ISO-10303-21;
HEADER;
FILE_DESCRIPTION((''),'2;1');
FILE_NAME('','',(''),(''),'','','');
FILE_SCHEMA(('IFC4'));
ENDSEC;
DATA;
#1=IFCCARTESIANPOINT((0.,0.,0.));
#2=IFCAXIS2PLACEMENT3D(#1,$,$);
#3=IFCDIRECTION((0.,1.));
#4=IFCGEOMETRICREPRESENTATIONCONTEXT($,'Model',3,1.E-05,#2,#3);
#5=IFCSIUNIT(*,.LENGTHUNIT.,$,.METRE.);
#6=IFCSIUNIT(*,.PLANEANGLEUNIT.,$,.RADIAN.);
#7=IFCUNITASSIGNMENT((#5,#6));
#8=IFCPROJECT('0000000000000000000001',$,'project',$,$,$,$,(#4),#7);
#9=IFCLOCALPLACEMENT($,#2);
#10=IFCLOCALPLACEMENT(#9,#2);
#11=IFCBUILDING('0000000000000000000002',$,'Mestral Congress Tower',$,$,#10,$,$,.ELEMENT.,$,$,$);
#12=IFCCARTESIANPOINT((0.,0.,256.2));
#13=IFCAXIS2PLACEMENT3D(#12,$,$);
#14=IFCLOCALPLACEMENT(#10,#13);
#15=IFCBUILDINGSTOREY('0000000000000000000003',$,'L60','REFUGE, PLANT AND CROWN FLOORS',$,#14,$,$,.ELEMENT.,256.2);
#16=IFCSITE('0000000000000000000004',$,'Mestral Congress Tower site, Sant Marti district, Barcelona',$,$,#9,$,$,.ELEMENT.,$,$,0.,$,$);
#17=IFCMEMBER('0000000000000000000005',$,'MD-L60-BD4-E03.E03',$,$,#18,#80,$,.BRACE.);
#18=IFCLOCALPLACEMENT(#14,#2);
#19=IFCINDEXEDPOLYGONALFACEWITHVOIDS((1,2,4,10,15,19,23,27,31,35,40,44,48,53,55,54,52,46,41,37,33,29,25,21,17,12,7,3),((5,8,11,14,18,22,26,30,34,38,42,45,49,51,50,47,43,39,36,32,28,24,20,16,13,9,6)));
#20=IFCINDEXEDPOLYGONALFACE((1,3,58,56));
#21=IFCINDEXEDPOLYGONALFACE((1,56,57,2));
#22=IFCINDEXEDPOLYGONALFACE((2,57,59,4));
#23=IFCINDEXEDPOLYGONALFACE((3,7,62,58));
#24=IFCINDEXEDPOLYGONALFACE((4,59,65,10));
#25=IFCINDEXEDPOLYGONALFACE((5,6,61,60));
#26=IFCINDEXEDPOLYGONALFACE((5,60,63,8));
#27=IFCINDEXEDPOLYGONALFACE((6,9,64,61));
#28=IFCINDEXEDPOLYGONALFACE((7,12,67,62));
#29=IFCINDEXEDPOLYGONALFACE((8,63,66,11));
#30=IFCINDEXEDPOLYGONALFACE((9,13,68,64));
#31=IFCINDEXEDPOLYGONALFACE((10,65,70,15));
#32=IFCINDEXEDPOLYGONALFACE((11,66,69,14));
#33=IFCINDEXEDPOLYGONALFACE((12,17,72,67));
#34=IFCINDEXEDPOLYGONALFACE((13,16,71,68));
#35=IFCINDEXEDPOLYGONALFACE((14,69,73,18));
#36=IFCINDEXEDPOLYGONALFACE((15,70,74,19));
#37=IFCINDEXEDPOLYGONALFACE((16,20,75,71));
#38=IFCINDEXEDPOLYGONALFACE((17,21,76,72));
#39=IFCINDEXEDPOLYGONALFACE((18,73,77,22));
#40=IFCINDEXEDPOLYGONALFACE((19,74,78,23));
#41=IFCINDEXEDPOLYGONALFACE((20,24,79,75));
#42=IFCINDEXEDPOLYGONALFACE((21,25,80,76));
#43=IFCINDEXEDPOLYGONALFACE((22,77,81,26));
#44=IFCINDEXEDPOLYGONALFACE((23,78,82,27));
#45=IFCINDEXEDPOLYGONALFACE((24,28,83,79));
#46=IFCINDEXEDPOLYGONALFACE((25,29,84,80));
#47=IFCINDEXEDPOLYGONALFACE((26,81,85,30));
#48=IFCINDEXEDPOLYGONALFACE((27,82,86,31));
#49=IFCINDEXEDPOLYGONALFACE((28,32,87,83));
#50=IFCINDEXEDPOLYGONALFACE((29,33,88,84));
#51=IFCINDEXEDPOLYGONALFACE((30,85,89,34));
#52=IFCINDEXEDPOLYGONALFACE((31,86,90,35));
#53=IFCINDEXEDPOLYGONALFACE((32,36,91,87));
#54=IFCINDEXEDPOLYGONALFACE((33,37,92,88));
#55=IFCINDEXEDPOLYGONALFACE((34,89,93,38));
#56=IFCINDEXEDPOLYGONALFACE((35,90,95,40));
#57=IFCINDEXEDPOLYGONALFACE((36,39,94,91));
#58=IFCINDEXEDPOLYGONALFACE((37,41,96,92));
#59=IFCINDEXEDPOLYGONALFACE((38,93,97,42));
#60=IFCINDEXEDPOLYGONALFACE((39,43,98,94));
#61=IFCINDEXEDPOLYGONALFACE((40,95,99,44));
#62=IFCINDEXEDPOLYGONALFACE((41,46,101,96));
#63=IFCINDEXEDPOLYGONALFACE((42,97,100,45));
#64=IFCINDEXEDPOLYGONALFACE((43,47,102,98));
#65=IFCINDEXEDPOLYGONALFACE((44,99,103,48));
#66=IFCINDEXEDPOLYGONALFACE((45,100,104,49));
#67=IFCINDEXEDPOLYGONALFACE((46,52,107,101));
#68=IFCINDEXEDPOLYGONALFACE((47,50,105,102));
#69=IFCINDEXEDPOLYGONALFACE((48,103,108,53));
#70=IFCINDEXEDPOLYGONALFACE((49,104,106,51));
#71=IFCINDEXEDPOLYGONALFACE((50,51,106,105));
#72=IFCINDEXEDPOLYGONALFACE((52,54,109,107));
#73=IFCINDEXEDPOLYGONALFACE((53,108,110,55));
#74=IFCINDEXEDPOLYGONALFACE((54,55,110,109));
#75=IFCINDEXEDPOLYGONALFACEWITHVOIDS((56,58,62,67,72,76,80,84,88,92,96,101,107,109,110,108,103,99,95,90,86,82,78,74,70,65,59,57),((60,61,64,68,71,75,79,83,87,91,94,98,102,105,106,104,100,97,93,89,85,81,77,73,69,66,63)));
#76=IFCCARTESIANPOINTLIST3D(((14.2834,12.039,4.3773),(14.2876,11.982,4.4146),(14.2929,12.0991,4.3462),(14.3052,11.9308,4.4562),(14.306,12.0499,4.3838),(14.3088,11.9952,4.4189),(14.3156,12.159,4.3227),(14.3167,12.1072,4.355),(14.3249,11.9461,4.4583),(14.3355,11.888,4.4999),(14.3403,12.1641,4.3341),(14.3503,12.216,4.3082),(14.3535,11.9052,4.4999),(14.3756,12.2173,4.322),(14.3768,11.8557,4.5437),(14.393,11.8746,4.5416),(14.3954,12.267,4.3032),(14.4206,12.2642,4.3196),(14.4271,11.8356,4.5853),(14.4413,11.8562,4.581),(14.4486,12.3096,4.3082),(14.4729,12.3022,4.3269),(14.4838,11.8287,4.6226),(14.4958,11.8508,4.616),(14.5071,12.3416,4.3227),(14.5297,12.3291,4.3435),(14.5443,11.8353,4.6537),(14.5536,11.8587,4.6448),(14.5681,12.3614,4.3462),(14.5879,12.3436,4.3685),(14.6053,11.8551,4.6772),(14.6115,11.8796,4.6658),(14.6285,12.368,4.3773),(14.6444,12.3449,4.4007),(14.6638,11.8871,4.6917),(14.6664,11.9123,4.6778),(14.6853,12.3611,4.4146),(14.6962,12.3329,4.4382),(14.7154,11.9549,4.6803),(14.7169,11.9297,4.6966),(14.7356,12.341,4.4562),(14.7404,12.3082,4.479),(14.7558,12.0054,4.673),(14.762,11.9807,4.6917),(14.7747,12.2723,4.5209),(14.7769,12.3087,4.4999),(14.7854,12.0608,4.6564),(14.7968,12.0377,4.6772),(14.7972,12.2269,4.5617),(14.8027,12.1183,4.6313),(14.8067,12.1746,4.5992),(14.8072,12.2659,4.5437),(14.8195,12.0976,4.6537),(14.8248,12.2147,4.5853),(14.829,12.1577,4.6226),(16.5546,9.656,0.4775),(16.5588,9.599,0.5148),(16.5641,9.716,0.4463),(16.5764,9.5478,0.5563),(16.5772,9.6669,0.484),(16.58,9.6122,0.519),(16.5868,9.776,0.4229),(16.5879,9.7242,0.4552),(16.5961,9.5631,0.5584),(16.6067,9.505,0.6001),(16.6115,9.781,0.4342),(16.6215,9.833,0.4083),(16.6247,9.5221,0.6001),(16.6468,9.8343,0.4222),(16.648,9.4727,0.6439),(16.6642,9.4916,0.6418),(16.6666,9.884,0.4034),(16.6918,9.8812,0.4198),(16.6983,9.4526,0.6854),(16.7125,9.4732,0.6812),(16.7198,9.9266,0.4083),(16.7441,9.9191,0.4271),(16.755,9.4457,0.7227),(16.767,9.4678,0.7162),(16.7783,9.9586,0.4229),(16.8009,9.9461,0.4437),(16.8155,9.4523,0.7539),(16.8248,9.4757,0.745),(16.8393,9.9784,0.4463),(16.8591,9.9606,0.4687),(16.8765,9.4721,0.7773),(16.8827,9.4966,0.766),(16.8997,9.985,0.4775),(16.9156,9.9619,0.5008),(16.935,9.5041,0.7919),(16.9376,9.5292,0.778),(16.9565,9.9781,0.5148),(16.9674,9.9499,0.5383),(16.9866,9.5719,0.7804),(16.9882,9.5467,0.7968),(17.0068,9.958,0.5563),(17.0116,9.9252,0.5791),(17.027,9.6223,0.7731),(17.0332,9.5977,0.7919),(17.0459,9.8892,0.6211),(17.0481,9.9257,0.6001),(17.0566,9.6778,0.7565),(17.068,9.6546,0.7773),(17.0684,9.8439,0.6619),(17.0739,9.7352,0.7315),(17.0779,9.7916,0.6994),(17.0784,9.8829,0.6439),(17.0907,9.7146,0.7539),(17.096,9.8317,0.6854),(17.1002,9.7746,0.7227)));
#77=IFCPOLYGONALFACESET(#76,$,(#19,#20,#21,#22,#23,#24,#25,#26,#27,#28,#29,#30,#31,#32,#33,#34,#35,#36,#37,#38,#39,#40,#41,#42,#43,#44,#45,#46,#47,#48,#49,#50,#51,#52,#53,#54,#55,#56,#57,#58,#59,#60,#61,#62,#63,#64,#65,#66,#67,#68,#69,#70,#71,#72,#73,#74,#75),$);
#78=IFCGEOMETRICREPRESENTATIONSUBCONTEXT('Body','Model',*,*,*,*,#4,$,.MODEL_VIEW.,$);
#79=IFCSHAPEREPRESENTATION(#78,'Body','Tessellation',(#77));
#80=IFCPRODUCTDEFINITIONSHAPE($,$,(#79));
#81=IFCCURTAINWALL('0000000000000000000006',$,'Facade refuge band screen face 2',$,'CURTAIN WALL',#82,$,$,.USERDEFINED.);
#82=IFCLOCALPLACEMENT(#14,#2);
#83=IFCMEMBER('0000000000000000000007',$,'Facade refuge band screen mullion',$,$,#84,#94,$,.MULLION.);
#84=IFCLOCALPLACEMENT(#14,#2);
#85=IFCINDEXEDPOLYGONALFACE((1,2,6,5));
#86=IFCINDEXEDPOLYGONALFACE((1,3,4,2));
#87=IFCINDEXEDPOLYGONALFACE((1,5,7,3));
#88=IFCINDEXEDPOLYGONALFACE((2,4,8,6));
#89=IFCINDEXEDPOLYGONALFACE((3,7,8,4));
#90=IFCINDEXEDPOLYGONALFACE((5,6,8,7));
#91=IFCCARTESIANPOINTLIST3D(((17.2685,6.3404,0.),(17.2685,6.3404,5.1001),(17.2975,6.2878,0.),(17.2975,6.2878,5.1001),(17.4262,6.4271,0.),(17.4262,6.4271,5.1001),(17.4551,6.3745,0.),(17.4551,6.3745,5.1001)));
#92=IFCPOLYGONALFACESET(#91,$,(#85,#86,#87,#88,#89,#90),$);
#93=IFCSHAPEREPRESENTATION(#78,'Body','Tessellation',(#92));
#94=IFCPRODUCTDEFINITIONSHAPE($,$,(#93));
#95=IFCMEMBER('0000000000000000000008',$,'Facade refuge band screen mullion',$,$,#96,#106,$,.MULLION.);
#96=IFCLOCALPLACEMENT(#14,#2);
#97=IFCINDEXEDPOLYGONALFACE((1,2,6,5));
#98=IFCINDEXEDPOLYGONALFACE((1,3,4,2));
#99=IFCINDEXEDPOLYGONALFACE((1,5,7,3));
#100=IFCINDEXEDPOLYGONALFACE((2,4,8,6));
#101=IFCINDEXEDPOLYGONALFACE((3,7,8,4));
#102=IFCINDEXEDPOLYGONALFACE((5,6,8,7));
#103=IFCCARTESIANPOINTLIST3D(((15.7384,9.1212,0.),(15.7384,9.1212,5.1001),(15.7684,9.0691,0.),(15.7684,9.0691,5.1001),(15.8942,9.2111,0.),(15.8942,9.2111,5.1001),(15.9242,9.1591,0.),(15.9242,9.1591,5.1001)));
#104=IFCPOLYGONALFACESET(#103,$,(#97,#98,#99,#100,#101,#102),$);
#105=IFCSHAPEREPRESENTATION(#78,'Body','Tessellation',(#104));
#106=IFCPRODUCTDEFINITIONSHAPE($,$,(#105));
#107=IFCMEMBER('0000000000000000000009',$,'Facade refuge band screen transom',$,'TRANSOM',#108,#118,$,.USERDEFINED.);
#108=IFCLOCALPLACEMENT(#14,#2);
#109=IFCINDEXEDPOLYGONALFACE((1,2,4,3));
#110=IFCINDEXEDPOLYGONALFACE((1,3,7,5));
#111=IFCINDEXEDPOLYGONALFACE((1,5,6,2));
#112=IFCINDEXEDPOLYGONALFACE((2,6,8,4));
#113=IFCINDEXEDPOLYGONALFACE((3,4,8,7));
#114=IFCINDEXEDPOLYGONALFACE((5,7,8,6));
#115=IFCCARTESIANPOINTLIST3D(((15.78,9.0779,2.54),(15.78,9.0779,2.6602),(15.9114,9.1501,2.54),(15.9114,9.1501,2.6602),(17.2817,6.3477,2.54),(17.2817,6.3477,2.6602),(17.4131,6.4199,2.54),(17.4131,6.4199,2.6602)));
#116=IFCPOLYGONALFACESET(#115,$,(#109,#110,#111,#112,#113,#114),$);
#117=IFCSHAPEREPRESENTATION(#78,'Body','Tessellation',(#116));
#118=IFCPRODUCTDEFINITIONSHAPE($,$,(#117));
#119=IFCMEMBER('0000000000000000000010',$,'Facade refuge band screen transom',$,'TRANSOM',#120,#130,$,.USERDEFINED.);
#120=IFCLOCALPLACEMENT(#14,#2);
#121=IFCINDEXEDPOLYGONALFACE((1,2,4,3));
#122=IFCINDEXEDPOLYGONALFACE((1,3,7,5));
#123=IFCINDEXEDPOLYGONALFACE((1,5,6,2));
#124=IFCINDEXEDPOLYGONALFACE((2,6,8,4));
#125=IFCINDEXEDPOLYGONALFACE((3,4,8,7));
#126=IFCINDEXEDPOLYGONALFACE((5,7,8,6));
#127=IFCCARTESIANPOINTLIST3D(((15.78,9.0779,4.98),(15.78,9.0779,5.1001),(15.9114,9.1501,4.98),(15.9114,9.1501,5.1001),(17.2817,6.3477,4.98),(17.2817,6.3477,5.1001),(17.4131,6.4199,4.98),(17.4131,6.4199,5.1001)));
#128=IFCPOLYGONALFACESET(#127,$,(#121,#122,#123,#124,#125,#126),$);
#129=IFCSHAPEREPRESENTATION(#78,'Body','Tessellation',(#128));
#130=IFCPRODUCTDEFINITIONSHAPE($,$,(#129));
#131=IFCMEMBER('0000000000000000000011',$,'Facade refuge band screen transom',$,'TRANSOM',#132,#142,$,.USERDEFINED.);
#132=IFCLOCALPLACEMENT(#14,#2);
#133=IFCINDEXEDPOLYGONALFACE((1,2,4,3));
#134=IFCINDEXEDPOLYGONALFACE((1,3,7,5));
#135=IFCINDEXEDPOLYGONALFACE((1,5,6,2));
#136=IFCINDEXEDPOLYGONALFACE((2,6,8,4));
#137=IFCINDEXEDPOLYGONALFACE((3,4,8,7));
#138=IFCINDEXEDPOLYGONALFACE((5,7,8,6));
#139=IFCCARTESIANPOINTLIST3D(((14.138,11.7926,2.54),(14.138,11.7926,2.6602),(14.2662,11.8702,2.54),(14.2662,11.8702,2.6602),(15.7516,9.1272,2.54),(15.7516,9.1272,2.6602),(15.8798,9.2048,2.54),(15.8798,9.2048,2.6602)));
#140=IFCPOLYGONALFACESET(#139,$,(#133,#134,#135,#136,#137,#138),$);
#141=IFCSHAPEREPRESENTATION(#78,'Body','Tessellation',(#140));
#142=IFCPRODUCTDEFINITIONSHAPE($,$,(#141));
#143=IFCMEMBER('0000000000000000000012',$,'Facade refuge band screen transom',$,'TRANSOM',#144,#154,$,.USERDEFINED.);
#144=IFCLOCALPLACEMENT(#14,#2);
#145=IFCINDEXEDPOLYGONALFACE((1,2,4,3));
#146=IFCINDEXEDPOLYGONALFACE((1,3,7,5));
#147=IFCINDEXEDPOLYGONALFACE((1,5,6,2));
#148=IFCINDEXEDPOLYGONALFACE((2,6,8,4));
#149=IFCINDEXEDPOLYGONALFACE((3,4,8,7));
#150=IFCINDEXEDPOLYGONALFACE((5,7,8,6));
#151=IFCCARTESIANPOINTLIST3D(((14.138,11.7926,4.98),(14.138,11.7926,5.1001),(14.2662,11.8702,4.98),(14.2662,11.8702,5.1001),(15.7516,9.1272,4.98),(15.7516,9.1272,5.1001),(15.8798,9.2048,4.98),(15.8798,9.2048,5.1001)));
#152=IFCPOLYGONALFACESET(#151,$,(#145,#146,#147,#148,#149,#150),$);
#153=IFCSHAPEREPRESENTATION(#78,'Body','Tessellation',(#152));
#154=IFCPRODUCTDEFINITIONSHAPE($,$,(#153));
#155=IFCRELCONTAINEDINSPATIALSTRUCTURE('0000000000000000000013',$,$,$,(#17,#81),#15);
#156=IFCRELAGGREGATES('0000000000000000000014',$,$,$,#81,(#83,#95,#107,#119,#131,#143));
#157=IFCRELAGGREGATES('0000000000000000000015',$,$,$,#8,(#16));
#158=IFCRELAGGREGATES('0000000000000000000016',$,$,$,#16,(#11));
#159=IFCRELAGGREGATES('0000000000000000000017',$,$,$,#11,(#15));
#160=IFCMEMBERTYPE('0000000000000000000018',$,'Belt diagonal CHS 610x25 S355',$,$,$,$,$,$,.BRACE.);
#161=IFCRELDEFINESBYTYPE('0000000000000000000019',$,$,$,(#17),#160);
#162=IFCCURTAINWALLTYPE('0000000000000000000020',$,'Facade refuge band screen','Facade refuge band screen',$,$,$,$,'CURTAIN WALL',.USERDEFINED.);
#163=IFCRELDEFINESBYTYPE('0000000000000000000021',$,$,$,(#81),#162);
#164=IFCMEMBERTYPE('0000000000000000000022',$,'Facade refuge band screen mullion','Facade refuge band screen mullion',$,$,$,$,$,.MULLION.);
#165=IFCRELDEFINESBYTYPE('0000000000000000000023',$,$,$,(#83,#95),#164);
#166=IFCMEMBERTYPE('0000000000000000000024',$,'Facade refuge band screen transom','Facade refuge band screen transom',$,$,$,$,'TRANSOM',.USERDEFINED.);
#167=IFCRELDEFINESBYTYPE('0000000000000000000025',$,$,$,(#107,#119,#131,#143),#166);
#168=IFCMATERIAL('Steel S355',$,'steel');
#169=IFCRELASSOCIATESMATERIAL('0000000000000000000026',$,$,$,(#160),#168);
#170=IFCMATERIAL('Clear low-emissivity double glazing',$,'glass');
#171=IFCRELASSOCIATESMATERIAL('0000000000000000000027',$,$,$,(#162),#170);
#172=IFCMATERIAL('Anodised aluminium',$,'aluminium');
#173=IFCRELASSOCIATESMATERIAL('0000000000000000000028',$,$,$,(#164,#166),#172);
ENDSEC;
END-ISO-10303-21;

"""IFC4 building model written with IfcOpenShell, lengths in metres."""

from ifc_helpers import new_model, si_unit, direction, frame, origin, origin_2d, place, context, subcontext, project, spatial, rectangle, hollow_circle, extrude, material, material_profile, profile_set, type_object, element, aggregate, save


model = new_model("IFC4")

# Units and contexts
model_context = context("Model", 3, precision=1e-05, world=origin(), true_north=direction((0.0, 1.0)))
body_context = subcontext(model_context, "Body", "Model", "MODEL_VIEW")
ifc_project = project(units=[si_unit("LENGTHUNIT", "METRE"), si_unit("PLANEANGLEUNIT", "RADIAN")], contexts=[model_context])

# Site, building, storey
site_placement = place(None, origin())
site = spatial("IfcSite", under=ifc_project, at=site_placement, Name="Mestral Congress Tower site, Sant Marti district, Barcelona", CompositionType="ELEMENT", RefElevation=0.0)
building_placement = place(site_placement, origin())
building = spatial("IfcBuilding", under=site, at=building_placement, Name="Mestral Congress Tower", CompositionType="ELEMENT")
storey_placement = place(building_placement, frame((0.0, 0.0, 256.2)))
storey = spatial("IfcBuildingStorey", under=building, at=storey_placement, Name="L60", Description="REFUGE, PLANT AND CROWN FLOORS", CompositionType="ELEMENT", Elevation=256.2)

# Member
ifc_material_1 = material(Name="Steel S355", Category="steel")
ifc_material_profile_1 = material_profile(ifc_material_1, hollow_circle(Radius=0.3049, WallThickness=0.0249, at=origin_2d()), Name="CHS 610x25")
ifc_profile_set_1 = profile_set([ifc_material_profile_1], Name="Steel S355")
member_type_1 = type_object("IfcMemberType", Name="Belt diagonal CHS 610x25 S355", PredefinedType="BRACE", material=ifc_profile_set_1)
member_1_placement = place(storey_placement, frame((16.8274, 9.7153, 0.6001), z_axis=(-0.445027, 0.466936, 0.764147), x_axis=(-0.723886, -0.68992, 0.0)))
element("IfcMember", 1, at=member_1_placement, inside=storey, type_object=member_type_1, Name="MD-L60-BD4-E03.E03", PredefinedType="BRACE", context=body_context, shape_type="SweptSolid", body=[
    extrude(hollow_circle(Radius=0.3049, WallThickness=0.0249, at=origin_2d()), origin(), (0.0, 0.0, 1.0), 5.1035),
])

# Curtain wall, members
ifc_material_2 = material(Name="Clear low-emissivity double glazing", Category="glass")
curtain_wall_type = type_object("IfcCurtainWallType", Name="Facade refuge band screen", Description="Facade refuge band screen", ElementType="CURTAIN WALL", PredefinedType="USERDEFINED", material=ifc_material_2)
curtain_wall_placement = place(storey_placement, origin())
curtain_wall = element("IfcCurtainWall", 2, at=curtain_wall_placement, inside=storey, type_object=curtain_wall_type, Name="Facade refuge band screen face 2", ObjectType="CURTAIN WALL", PredefinedType="USERDEFINED")
ifc_material_3 = material(Name="Anodised aluminium", Category="aluminium")
ifc_material_profile_2 = material_profile(ifc_material_3, rectangle(XDim=0.1799, YDim=0.0601, at=origin_2d()), Name="CW3 mullion 180 x 60")
ifc_profile_set_2 = profile_set([ifc_material_profile_2], Name="Anodised aluminium")
member_type_2 = type_object("IfcMemberType", Name="Facade refuge band screen mullion", Description="Facade refuge band screen mullion", PredefinedType="MULLION", material=ifc_profile_set_2)
member_2_placement = place(storey_placement, frame((17.3618, 6.3574, 0.0), z_axis=(0.0, 0.0, 1.0), x_axis=(0.876214, 0.481922, 0.0)))
member_2 = element("IfcMember", 3, at=member_2_placement, type_object=member_type_2, Name="Facade refuge band screen mullion", PredefinedType="MULLION", context=body_context, shape_type="SweptSolid", body=[
    extrude(rectangle(XDim=0.1799, YDim=0.0601, at=origin_2d()), origin(), (0.0, 0.0, 1.0), 5.1001),
])
member_3_placement = place(storey_placement, frame((15.8313, 9.1401, 0.0), z_axis=(0.0, 0.0, 1.0), x_axis=(0.866025, 0.5, 0.0)))
member_3 = element("IfcMember", 4, at=member_3_placement, type_object=member_type_2, Name="Facade refuge band screen mullion", PredefinedType="MULLION", context=body_context, shape_type="SweptSolid", body=[
    extrude(rectangle(XDim=0.1799, YDim=0.0601, at=origin_2d()), origin(), (0.0, 0.0, 1.0), 5.1001),
])
ifc_material_profile_3 = material_profile(ifc_material_3, rectangle(XDim=0.1499, YDim=0.1201, at=origin_2d()), Name="CW3 transom 150 x 120")
ifc_profile_set_3 = profile_set([ifc_material_profile_3], Name="Anodised aluminium")
member_type_3 = type_object("IfcMemberType", Name="Facade refuge band screen transom", Description="Facade refuge band screen transom", ElementType="TRANSOM", PredefinedType="USERDEFINED", material=ifc_profile_set_3)
member_4_placement = place(storey_placement, frame((17.3474, 6.3838, 2.6001), z_axis=(-0.48194, 0.876204, 0.0), x_axis=(-0.876204, -0.48194, 0.0)))
member_4 = element("IfcMember", 5, at=member_4_placement, type_object=member_type_3, Name="Facade refuge band screen transom", ObjectType="TRANSOM", PredefinedType="USERDEFINED", context=body_context, shape_type="SweptSolid", body=[
    extrude(rectangle(XDim=0.1499, YDim=0.1201, at=origin_2d()), origin(), (0.0, 0.0, 1.0), 3.116),
])
member_5_placement = place(storey_placement, frame((17.3474, 6.3838, 5.04), z_axis=(-0.48194, 0.876204, 0.0), x_axis=(-0.876204, -0.48194, 0.0)))
member_5 = element("IfcMember", 6, at=member_5_placement, type_object=member_type_3, Name="Facade refuge band screen transom", ObjectType="TRANSOM", PredefinedType="USERDEFINED", context=body_context, shape_type="SweptSolid", body=[
    extrude(rectangle(XDim=0.1499, YDim=0.1201, at=origin_2d()), origin(), (0.0, 0.0, 1.0), 3.116),
])
member_6_placement = place(storey_placement, frame((15.8157, 9.166, 2.6001), z_axis=(-0.51788, 0.855453, 0.0), x_axis=(-0.855453, -0.51788, 0.0)))
member_6 = element("IfcMember", 7, at=member_6_placement, type_object=member_type_3, Name="Facade refuge band screen transom", ObjectType="TRANSOM", PredefinedType="USERDEFINED", context=body_context, shape_type="SweptSolid", body=[
    extrude(rectangle(XDim=0.1499, YDim=0.1201, at=origin_2d()), origin(), (0.0, 0.0, 1.0), 3.1157),
])
member_7_placement = place(storey_placement, frame((15.8157, 9.166, 5.04), z_axis=(-0.51788, 0.855453, 0.0), x_axis=(-0.855453, -0.51788, 0.0)))
member_7 = element("IfcMember", 8, at=member_7_placement, type_object=member_type_3, Name="Facade refuge band screen transom", ObjectType="TRANSOM", PredefinedType="USERDEFINED", context=body_context, shape_type="SweptSolid", body=[
    extrude(rectangle(XDim=0.1499, YDim=0.1201, at=origin_2d()), origin(), (0.0, 0.0, 1.0), 3.1157),
])

aggregate(curtain_wall, [member_2, member_3, member_4, member_5, member_6, member_7])

save(model, "model.ifc")
